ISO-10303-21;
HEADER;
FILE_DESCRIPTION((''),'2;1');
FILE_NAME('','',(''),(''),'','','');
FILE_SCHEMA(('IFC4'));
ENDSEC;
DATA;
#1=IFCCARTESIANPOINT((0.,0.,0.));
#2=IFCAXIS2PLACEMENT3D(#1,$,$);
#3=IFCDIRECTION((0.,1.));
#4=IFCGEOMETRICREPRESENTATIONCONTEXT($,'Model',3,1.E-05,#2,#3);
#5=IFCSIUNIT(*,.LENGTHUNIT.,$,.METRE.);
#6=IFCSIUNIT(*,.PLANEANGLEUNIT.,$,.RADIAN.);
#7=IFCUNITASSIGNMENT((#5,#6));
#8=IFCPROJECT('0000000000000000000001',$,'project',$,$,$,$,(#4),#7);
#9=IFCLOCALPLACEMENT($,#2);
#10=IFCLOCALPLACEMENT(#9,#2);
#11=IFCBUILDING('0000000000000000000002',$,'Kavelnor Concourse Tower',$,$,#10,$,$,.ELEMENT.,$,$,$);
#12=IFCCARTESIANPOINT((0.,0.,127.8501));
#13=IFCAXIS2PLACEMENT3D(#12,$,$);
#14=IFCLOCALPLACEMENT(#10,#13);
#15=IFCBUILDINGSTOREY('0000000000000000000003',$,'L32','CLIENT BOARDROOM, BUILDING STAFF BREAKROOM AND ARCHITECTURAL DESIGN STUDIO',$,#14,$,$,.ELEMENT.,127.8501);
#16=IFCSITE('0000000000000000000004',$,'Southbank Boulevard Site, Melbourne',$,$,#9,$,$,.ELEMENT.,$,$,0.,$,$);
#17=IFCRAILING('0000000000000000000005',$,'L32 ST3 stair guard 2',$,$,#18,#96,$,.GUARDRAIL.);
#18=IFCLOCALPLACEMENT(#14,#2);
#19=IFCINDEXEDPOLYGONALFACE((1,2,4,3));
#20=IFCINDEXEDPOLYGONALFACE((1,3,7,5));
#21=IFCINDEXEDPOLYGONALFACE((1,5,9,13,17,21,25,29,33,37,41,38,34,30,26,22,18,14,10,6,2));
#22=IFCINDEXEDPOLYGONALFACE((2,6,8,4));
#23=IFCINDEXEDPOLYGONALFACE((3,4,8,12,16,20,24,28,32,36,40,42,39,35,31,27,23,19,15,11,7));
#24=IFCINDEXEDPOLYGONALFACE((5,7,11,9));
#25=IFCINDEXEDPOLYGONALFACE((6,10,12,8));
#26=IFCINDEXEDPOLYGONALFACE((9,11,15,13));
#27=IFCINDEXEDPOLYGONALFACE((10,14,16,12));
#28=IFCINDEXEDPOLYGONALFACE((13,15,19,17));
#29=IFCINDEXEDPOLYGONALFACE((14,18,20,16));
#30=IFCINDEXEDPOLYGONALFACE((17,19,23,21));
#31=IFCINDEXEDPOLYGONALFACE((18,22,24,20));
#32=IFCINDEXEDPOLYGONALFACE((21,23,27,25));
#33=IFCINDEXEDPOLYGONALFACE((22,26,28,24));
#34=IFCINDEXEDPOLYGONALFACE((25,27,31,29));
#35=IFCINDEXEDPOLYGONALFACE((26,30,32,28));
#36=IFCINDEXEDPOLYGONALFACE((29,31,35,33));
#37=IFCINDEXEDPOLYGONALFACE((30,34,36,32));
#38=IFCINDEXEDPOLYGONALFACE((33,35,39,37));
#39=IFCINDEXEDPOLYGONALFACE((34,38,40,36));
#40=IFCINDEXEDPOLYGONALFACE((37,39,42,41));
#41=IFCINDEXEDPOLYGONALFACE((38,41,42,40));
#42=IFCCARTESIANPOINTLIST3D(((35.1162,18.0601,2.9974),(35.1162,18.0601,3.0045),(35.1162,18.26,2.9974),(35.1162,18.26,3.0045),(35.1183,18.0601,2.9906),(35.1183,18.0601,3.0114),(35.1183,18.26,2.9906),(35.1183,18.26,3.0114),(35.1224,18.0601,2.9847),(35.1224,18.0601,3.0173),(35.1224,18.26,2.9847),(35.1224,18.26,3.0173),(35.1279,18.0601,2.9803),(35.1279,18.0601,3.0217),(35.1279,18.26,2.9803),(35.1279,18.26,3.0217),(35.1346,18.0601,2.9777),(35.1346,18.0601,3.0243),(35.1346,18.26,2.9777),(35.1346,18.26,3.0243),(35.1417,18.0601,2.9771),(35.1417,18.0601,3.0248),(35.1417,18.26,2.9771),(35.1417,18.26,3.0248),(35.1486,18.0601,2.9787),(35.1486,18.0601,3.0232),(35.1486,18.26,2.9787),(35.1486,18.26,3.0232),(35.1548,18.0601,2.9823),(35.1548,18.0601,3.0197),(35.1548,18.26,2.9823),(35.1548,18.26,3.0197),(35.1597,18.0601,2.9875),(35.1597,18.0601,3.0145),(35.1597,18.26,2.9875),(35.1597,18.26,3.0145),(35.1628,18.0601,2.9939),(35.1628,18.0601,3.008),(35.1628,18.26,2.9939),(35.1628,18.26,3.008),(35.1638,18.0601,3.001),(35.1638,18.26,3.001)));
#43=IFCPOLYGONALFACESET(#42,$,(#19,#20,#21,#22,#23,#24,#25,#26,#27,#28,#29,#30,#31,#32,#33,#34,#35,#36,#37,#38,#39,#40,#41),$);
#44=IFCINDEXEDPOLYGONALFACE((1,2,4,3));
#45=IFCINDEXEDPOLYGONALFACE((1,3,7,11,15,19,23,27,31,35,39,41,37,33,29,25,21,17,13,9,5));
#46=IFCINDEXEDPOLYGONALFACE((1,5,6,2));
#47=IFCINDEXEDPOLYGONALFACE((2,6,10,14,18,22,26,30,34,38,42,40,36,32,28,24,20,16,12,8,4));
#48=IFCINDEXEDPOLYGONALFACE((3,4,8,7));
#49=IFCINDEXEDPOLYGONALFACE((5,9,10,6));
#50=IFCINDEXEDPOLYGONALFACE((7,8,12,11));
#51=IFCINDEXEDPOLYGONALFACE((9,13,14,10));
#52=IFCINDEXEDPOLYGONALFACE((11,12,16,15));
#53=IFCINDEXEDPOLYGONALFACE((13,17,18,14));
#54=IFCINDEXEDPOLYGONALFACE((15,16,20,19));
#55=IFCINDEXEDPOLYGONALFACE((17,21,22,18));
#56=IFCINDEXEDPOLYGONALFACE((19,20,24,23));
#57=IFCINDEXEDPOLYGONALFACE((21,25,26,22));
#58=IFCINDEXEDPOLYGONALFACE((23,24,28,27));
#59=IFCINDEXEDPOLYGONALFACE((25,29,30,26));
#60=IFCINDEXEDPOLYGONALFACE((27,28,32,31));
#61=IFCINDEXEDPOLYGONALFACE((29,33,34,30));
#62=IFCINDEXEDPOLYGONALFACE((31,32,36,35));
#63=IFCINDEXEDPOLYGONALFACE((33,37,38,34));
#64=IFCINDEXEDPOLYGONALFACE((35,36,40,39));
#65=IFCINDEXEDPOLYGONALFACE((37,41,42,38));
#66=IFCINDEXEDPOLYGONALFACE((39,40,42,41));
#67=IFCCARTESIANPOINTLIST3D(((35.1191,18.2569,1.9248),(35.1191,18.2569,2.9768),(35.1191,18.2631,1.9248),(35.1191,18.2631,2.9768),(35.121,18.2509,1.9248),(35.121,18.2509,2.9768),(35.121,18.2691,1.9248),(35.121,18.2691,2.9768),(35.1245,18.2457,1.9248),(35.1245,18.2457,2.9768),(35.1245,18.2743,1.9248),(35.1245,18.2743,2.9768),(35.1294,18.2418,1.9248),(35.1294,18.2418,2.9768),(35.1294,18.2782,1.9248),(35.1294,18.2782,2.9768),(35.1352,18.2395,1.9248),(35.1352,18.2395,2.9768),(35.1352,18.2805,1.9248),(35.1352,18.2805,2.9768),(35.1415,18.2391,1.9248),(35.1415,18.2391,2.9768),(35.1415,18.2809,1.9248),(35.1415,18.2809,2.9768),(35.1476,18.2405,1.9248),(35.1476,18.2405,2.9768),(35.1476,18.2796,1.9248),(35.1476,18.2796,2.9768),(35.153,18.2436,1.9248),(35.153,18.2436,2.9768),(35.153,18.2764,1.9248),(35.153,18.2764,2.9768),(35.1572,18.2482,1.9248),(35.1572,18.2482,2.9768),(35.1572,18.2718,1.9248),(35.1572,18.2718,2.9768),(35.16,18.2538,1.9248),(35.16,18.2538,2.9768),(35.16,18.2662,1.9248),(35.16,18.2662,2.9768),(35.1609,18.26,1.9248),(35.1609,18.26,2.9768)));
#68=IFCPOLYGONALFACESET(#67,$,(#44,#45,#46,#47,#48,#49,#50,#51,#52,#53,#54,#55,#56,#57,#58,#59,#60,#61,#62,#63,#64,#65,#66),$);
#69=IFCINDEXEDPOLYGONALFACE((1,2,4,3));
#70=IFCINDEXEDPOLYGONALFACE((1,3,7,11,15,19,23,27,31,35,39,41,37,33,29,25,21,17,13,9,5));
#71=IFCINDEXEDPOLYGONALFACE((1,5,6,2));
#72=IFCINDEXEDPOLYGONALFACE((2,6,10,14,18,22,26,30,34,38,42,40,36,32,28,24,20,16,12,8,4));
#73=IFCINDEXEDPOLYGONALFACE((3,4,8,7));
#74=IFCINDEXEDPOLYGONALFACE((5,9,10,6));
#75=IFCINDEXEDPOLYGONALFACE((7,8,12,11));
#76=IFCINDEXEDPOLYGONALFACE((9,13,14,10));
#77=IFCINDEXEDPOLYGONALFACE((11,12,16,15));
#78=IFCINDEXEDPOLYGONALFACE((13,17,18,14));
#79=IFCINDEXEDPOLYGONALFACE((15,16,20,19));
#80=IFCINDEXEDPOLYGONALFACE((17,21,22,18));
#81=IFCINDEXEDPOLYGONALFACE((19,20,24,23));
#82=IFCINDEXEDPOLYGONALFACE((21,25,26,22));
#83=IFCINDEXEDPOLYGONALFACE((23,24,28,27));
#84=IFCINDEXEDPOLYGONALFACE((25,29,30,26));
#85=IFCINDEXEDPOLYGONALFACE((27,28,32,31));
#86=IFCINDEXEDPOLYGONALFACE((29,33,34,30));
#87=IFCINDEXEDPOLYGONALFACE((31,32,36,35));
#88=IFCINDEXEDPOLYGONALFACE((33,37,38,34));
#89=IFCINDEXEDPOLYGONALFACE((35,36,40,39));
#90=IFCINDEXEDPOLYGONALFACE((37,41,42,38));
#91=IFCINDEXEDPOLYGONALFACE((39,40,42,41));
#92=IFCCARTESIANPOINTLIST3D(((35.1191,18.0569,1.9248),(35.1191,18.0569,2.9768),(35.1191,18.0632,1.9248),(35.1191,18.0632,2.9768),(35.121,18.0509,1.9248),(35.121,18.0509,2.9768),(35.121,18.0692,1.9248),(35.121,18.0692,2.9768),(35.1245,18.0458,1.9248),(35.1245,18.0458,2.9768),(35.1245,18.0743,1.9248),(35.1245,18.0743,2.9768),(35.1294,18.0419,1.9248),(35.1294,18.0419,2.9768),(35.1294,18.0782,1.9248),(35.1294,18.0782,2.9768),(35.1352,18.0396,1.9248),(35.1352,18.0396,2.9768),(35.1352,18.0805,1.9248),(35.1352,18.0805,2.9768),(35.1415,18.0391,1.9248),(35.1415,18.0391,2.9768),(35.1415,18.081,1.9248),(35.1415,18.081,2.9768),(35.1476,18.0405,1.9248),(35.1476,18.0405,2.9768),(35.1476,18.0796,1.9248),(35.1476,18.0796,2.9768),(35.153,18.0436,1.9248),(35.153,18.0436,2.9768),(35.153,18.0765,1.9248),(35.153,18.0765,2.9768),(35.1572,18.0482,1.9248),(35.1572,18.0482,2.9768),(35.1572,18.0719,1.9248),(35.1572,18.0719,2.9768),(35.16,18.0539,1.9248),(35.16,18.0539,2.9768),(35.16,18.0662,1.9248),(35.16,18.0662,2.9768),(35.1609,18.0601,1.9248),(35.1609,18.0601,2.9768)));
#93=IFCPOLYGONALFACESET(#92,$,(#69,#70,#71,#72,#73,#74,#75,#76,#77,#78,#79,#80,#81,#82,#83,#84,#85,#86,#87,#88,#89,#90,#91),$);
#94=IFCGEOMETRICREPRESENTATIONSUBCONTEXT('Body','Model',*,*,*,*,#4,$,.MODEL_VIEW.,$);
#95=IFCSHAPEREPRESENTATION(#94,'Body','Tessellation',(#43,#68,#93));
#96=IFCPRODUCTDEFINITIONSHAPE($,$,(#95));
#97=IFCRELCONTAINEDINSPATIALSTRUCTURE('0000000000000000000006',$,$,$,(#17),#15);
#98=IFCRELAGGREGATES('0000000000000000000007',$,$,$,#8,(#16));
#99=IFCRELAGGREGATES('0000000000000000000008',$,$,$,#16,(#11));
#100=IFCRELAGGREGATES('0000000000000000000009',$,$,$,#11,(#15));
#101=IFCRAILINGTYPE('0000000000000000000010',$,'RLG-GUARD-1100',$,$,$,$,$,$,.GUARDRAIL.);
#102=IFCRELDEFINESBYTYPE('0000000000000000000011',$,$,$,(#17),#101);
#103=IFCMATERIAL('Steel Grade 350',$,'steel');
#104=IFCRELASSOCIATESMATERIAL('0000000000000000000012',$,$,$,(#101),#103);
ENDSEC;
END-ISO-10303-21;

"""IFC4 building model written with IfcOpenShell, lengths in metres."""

from ifc_helpers import new_model, si_unit, direction, frame, origin, origin_2d, place, context, subcontext, project, spatial, circle, extrude, material, type_object, element, save


model = new_model("IFC4")

# Units and contexts
model_context = context("Model", 3, precision=1e-05, world=origin(), true_north=direction((0.0, 1.0)))
body_context = subcontext(model_context, "Body", "Model", "MODEL_VIEW")
ifc_project = project(units=[si_unit("LENGTHUNIT", "METRE"), si_unit("PLANEANGLEUNIT", "RADIAN")], contexts=[model_context])

# Site, building, storey
site_placement = place(None, origin())
site = spatial("IfcSite", under=ifc_project, at=site_placement, Name="Southbank Boulevard Site, Melbourne", CompositionType="ELEMENT", RefElevation=0.0)
building_placement = place(site_placement, origin())
building = spatial("IfcBuilding", under=site, at=building_placement, Name="Kavelnor Concourse Tower", CompositionType="ELEMENT")
storey_placement = place(building_placement, frame((0.0, 0.0, 127.8501)))
storey = spatial("IfcBuildingStorey", under=building, at=storey_placement, Name="L32", Description="CLIENT BOARDROOM, BUILDING STAFF BREAKROOM AND ARCHITECTURAL DESIGN STUDIO", CompositionType="ELEMENT", Elevation=127.8501)

# Shared definitions
ifc_material_1 = material(Name="Steel Grade 350", Category="steel")

# Railing
railing_type_1 = type_object("IfcRailingType", Name="RLG-GUARD-1100", PredefinedType="GUARDRAIL", material=ifc_material_1)
railing_1_placement = place(storey_placement, frame((35.1399, 18.26, 1.9248)))
element("IfcRailing", 1, at=railing_1_placement, inside=storey, type_object=railing_type_1, Name="L32 ST3 stair guard 2", PredefinedType="GUARDRAIL", context=body_context, shape_type="SweptSolid", body=[
    extrude(circle(Radius=0.0239, at=origin_2d()), frame((0.0, 0.0, 1.0762), z_axis=(0.0, -1.0, 0.0), x_axis=(1.0, 0.0, 0.0)), (0.0, 0.0, 1.0), 0.2),
    extrude(circle(Radius=0.021, at=origin_2d()), origin(), (0.0, 0.0, 1.0), 1.052),
    extrude(circle(Radius=0.021, at=origin_2d()), frame((0.0, -0.2, 0.0)), (0.0, 0.0, 1.0), 1.052),
])

save(model, "model.ifc")
